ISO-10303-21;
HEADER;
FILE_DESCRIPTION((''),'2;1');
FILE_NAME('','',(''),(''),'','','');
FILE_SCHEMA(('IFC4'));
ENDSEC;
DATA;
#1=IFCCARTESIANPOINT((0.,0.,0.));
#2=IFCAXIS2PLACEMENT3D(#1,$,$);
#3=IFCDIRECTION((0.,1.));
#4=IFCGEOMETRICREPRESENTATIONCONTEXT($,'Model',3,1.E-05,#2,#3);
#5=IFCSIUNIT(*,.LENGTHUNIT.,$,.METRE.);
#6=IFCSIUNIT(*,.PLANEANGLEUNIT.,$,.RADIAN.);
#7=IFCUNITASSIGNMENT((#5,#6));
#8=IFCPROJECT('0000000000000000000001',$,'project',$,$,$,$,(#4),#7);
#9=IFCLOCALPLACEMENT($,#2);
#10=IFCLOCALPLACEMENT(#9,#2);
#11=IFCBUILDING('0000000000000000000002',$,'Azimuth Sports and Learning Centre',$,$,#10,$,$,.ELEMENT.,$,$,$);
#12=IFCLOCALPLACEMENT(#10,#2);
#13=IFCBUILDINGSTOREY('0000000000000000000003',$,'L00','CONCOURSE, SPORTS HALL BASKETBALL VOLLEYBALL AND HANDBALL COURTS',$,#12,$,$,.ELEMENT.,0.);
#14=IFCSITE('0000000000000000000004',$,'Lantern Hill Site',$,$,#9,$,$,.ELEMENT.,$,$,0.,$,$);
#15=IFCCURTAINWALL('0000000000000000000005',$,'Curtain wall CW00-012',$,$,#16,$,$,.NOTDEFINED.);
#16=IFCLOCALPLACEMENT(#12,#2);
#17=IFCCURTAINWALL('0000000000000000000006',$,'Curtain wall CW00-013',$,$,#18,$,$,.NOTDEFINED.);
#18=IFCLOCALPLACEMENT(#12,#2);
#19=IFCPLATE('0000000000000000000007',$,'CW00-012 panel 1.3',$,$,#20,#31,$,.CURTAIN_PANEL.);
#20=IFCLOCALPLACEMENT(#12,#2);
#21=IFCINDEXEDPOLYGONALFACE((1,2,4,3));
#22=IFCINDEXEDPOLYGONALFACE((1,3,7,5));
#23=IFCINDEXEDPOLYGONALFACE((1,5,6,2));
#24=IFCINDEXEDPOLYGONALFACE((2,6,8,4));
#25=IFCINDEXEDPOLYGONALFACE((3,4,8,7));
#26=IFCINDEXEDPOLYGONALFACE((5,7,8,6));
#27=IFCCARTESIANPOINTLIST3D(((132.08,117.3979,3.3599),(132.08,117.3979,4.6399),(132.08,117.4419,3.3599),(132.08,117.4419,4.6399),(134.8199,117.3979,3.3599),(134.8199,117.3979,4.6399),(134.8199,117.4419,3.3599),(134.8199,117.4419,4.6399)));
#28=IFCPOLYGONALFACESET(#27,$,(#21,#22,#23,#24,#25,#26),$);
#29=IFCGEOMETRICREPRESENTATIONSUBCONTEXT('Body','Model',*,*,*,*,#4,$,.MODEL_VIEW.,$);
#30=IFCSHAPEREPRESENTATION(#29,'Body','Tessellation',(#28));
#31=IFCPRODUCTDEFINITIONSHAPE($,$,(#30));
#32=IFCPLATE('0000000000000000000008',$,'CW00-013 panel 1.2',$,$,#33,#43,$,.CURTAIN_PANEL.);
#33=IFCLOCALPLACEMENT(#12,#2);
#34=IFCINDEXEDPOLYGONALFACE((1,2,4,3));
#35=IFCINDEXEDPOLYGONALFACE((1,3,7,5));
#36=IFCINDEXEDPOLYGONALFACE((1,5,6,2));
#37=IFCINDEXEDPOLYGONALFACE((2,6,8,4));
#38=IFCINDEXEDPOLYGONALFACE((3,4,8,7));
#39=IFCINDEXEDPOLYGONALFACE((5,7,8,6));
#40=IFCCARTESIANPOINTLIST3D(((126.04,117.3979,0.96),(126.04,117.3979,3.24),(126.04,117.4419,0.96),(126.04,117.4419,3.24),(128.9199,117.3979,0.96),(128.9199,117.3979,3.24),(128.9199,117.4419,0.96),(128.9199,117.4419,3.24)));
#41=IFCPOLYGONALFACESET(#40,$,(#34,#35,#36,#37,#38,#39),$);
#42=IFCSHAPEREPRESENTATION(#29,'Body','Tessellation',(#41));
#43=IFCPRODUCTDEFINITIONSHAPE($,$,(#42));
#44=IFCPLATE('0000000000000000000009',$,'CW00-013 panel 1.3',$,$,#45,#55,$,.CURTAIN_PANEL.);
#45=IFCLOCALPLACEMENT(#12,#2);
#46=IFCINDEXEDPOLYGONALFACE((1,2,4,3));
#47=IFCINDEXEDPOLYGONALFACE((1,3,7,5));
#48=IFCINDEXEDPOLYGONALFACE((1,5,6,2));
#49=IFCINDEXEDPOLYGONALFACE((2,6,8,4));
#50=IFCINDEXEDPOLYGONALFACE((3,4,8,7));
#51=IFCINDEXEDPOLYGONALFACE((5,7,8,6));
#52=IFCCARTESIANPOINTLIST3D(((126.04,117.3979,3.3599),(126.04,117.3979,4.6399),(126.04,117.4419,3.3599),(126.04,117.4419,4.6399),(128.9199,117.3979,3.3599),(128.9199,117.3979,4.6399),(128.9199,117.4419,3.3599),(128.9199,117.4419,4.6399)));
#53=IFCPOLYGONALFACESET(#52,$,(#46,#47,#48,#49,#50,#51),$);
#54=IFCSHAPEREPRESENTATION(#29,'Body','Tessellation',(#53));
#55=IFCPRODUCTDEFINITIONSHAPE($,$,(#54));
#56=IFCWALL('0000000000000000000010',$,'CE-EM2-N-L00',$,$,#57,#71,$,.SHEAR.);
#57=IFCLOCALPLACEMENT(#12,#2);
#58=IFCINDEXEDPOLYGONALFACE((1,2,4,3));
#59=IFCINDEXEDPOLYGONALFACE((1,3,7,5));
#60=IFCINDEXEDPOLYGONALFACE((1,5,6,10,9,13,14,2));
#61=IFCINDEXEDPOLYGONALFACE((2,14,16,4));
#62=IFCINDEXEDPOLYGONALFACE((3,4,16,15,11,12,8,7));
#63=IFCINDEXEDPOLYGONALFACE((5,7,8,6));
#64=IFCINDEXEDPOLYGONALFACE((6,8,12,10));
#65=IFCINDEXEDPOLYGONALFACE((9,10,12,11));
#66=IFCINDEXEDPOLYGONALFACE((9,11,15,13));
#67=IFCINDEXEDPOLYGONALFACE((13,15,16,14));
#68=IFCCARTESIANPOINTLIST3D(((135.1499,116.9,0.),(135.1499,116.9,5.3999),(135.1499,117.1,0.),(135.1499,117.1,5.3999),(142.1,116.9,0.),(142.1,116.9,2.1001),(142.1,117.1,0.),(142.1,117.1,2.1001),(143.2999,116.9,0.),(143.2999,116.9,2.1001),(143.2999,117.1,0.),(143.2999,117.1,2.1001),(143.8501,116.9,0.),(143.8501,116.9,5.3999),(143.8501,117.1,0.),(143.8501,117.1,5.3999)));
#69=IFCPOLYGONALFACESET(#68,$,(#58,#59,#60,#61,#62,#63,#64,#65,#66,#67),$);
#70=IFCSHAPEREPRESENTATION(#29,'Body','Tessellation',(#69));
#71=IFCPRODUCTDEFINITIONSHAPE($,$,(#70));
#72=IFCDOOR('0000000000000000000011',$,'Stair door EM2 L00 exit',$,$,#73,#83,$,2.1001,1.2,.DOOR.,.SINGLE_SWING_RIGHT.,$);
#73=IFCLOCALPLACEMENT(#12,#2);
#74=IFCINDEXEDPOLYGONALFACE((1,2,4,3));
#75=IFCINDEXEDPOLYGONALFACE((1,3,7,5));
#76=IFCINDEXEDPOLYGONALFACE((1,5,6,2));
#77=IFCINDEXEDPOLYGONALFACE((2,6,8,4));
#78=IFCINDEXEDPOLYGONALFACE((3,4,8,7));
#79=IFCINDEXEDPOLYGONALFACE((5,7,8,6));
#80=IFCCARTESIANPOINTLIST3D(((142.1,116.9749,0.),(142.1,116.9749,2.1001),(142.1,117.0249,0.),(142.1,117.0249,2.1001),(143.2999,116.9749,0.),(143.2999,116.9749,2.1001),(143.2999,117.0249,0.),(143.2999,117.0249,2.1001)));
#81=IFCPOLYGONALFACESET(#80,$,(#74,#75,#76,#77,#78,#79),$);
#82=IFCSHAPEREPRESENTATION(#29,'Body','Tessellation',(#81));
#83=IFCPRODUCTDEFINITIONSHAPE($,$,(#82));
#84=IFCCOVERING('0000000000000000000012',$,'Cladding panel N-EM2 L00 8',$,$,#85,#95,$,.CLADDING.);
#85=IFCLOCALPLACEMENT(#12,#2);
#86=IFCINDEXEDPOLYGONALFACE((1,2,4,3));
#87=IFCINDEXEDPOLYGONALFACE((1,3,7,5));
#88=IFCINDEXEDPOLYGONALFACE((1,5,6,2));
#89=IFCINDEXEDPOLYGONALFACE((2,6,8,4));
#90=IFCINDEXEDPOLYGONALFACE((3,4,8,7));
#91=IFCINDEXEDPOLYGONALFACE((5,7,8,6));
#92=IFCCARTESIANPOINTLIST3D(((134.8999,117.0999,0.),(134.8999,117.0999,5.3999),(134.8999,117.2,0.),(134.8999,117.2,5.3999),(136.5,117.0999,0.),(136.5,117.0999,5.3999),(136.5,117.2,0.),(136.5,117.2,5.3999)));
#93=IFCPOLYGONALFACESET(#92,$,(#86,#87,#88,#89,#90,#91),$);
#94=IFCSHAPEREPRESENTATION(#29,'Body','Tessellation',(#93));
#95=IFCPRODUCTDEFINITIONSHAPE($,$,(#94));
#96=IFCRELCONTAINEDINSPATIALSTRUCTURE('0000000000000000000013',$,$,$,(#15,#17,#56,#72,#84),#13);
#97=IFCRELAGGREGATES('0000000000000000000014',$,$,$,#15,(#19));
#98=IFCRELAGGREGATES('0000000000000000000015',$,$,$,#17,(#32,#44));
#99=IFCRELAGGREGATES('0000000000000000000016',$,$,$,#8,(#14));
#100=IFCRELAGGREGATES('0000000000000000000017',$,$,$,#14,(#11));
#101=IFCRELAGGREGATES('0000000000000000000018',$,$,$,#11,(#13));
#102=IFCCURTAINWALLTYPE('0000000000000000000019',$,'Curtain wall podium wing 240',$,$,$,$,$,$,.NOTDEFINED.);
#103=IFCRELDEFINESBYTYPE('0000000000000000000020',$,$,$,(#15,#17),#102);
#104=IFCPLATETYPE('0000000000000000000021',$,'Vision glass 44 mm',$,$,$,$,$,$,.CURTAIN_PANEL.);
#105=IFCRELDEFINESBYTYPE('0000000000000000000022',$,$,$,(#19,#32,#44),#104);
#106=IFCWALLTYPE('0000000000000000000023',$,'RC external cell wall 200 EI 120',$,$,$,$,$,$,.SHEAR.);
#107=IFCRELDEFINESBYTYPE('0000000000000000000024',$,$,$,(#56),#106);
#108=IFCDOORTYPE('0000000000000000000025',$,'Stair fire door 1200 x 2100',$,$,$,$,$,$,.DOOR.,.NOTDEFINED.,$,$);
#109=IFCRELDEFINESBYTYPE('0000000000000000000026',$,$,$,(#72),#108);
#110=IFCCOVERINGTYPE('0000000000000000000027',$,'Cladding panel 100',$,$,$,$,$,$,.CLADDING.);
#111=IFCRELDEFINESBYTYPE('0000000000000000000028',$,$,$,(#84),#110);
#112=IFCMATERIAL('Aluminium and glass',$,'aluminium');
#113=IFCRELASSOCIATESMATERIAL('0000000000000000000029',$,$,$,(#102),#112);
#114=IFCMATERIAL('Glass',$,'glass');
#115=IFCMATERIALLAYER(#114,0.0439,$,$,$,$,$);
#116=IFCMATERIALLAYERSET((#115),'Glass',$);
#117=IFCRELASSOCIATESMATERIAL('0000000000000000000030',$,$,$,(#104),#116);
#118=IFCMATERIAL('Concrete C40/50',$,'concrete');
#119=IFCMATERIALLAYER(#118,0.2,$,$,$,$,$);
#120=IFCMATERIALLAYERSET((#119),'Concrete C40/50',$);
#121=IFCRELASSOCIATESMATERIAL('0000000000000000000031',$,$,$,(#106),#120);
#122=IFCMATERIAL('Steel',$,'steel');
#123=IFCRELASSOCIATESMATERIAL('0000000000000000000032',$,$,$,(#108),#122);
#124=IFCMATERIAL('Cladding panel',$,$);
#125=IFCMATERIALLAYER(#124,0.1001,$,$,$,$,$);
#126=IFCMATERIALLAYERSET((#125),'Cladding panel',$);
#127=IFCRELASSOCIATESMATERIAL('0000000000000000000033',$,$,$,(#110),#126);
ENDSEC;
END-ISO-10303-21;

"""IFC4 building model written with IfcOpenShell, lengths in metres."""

from ifc_helpers import new_model, si_unit, direction, frame, frame_2d, origin, origin_2d, place, context, subcontext, project, spatial, rectangle, extrude, material, layer, layer_set, type_object, element, fill, aggregate, save


model = new_model("IFC4")

# Units and contexts
model_context = context("Model", 3, precision=1e-05, world=origin(), true_north=direction((0.0, 1.0)))
body_context = subcontext(model_context, "Body", "Model", "MODEL_VIEW")
ifc_project = project(units=[si_unit("LENGTHUNIT", "METRE"), si_unit("PLANEANGLEUNIT", "RADIAN")], contexts=[model_context])

# Site, building, storey
site_placement = place(None, origin())
site = spatial("IfcSite", under=ifc_project, at=site_placement, Name="Lantern Hill Site", CompositionType="ELEMENT", RefElevation=0.0)
building_placement = place(site_placement, origin())
building = spatial("IfcBuilding", under=site, at=building_placement, Name="Azimuth Sports and Learning Centre", CompositionType="ELEMENT")
storey_placement = place(building_placement, origin())
storey = spatial("IfcBuildingStorey", under=building, at=storey_placement, Name="L00", Description="CONCOURSE, SPORTS HALL BASKETBALL VOLLEYBALL AND HANDBALL COURTS", CompositionType="ELEMENT", Elevation=0.0)

# Curtain wall
ifc_material_1 = material(Name="Aluminium and glass", Category="aluminium")
curtain_wall_type = type_object("IfcCurtainWallType", Name="Curtain wall podium wing 240", PredefinedType="NOTDEFINED", material=ifc_material_1)
curtain_wall_1_placement = place(storey_placement, origin())
curtain_wall_1 = element("IfcCurtainWall", 1, at=curtain_wall_1_placement, inside=storey, type_object=curtain_wall_type, Name="Curtain wall CW00-012", PredefinedType="NOTDEFINED")

# Curtain wall
curtain_wall_2_placement = place(storey_placement, origin())
curtain_wall_2 = element("IfcCurtainWall", 2, at=curtain_wall_2_placement, inside=storey, type_object=curtain_wall_type, Name="Curtain wall CW00-013", PredefinedType="NOTDEFINED")

# Plates
ifc_material_2 = material(Name="Glass", Category="glass")
ifc_layer_1 = layer(ifc_material_2, 0.0439)
ifc_layer_set_1 = layer_set([ifc_layer_1], Name="Glass")
plate_type_1 = type_object("IfcPlateType", Name="Vision glass 44 mm", PredefinedType="CURTAIN_PANEL", material=ifc_layer_set_1)
plate_1_placement = place(storey_placement, frame((133.45, 117.4199, 3.3599), z_axis=(0.0, 0.0, 1.0), x_axis=(-1.0, 0.0, 0.0)))
plate_1 = element("IfcPlate", 3, at=plate_1_placement, type_object=plate_type_1, Name="CW00-012 panel 1.3", PredefinedType="CURTAIN_PANEL", context=body_context, shape_type="SweptSolid", body=[
    extrude(rectangle(XDim=2.74, YDim=0.0439, at=origin_2d()), origin(), (0.0, 0.0, 1.0), 1.28),
])
aggregate(curtain_wall_1, [plate_1])
plate_2_placement = place(storey_placement, frame((127.48, 117.4199, 0.96), z_axis=(0.0, 0.0, 1.0), x_axis=(-1.0, 0.0, 0.0)))
plate_2 = element("IfcPlate", 4, at=plate_2_placement, type_object=plate_type_1, Name="CW00-013 panel 1.2", PredefinedType="CURTAIN_PANEL", context=body_context, shape_type="SweptSolid", body=[
    extrude(rectangle(XDim=2.8799, YDim=0.0439, at=origin_2d()), origin(), (0.0, 0.0, 1.0), 2.28),
])
plate_3_placement = place(storey_placement, frame((127.48, 117.4199, 3.3599), z_axis=(0.0, 0.0, 1.0), x_axis=(-1.0, 0.0, 0.0)))
plate_3 = element("IfcPlate", 5, at=plate_3_placement, type_object=plate_type_1, Name="CW00-013 panel 1.3", PredefinedType="CURTAIN_PANEL", context=body_context, shape_type="SweptSolid", body=[
    extrude(rectangle(XDim=2.8799, YDim=0.0439, at=origin_2d()), origin(), (0.0, 0.0, 1.0), 1.28),
])
aggregate(curtain_wall_2, [plate_2, plate_3])

# Wall, opening, door
ifc_material_3 = material(Name="Concrete C40/50", Category="concrete")
ifc_layer_2 = layer(ifc_material_3, 0.2)
ifc_layer_set_2 = layer_set([ifc_layer_2], Name="Concrete C40/50")
wall_type_1 = type_object("IfcWallType", Name="RC external cell wall 200 EI 120", PredefinedType="SHEAR", material=ifc_layer_set_2)
wall_1_placement = place(storey_placement, frame((135.1499, 117.0, 0.0), z_axis=(0.0, 0.0, 1.0), x_axis=(1.0, 0.0, 0.0)))
wall_1 = element("IfcWall", 6, at=wall_1_placement, inside=storey, type_object=wall_type_1, Name="CE-EM2-N-L00", PredefinedType="SHEAR", context=body_context, shape_type="SweptSolid", body=[
    extrude(rectangle(XDim=8.7002, YDim=0.2, at=frame_2d((4.3501, 0.0))), origin(), (0.0, 0.0, 1.0), 5.3999),
])
opening_1_placement = place(wall_1_placement, frame((6.95, 0.0, 0.0)))
opening_1 = element("IfcOpeningElement", 7, at=opening_1_placement, cuts=wall_1, PredefinedType="OPENING", context=body_context, shape_type="SweptSolid", body=[
    extrude(rectangle(XDim=1.2, YDim=2.1001, at=frame_2d((0.6001, 1.05))), frame((0.0, 0.1108, 0.0), z_axis=(0.0, -1.0, 0.0), x_axis=(1.0, 0.0, 0.0)), (0.0, 0.0, 1.0), 0.2219),
])
ifc_material_4 = material(Name="Steel", Category="steel")
door_type_1 = type_object("IfcDoorType", Name="Stair fire door 1200 x 2100", OperationType="NOTDEFINED", PredefinedType="DOOR", material=ifc_material_4)
door_1_placement = place(opening_1_placement, origin())
door_1 = element("IfcDoor", 8, at=door_1_placement, inside=storey, type_object=door_type_1, Name="Stair door EM2 L00 exit", OperationType="SINGLE_SWING_RIGHT", OverallHeight=2.1001, OverallWidth=1.2, PredefinedType="DOOR", context=body_context, shape_type="SweptSolid", body=[
    extrude(rectangle(XDim=1.2, YDim=2.1001, at=frame_2d((0.6001, 1.05))), frame((0.0, 0.0249, 0.0), z_axis=(0.0, -1.0, 0.0), x_axis=(1.0, 0.0, 0.0)), (0.0, 0.0, 1.0), 0.05),
])
fill(opening_1, door_1)

# Covering
ifc_material_5 = material(Name="Cladding panel")
ifc_layer_3 = layer(ifc_material_5, 0.1001)
ifc_layer_set_3 = layer_set([ifc_layer_3], Name="Cladding panel")
covering_type = type_object("IfcCoveringType", Name="Cladding panel 100", PredefinedType="CLADDING", material=ifc_layer_set_3)
covering_placement = place(storey_placement, frame((135.7, 117.1499, 0.0), z_axis=(0.0, 0.0, 1.0), x_axis=(-1.0, 0.0, 0.0)))
element("IfcCovering", 9, at=covering_placement, inside=storey, type_object=covering_type, Name="Cladding panel N-EM2 L00 8", PredefinedType="CLADDING", context=body_context, shape_type="SweptSolid", body=[
    extrude(rectangle(XDim=1.6001, YDim=0.1001, at=origin_2d()), origin(), (0.0, 0.0, 1.0), 5.3999),
])

save(model, "model.ifc")
